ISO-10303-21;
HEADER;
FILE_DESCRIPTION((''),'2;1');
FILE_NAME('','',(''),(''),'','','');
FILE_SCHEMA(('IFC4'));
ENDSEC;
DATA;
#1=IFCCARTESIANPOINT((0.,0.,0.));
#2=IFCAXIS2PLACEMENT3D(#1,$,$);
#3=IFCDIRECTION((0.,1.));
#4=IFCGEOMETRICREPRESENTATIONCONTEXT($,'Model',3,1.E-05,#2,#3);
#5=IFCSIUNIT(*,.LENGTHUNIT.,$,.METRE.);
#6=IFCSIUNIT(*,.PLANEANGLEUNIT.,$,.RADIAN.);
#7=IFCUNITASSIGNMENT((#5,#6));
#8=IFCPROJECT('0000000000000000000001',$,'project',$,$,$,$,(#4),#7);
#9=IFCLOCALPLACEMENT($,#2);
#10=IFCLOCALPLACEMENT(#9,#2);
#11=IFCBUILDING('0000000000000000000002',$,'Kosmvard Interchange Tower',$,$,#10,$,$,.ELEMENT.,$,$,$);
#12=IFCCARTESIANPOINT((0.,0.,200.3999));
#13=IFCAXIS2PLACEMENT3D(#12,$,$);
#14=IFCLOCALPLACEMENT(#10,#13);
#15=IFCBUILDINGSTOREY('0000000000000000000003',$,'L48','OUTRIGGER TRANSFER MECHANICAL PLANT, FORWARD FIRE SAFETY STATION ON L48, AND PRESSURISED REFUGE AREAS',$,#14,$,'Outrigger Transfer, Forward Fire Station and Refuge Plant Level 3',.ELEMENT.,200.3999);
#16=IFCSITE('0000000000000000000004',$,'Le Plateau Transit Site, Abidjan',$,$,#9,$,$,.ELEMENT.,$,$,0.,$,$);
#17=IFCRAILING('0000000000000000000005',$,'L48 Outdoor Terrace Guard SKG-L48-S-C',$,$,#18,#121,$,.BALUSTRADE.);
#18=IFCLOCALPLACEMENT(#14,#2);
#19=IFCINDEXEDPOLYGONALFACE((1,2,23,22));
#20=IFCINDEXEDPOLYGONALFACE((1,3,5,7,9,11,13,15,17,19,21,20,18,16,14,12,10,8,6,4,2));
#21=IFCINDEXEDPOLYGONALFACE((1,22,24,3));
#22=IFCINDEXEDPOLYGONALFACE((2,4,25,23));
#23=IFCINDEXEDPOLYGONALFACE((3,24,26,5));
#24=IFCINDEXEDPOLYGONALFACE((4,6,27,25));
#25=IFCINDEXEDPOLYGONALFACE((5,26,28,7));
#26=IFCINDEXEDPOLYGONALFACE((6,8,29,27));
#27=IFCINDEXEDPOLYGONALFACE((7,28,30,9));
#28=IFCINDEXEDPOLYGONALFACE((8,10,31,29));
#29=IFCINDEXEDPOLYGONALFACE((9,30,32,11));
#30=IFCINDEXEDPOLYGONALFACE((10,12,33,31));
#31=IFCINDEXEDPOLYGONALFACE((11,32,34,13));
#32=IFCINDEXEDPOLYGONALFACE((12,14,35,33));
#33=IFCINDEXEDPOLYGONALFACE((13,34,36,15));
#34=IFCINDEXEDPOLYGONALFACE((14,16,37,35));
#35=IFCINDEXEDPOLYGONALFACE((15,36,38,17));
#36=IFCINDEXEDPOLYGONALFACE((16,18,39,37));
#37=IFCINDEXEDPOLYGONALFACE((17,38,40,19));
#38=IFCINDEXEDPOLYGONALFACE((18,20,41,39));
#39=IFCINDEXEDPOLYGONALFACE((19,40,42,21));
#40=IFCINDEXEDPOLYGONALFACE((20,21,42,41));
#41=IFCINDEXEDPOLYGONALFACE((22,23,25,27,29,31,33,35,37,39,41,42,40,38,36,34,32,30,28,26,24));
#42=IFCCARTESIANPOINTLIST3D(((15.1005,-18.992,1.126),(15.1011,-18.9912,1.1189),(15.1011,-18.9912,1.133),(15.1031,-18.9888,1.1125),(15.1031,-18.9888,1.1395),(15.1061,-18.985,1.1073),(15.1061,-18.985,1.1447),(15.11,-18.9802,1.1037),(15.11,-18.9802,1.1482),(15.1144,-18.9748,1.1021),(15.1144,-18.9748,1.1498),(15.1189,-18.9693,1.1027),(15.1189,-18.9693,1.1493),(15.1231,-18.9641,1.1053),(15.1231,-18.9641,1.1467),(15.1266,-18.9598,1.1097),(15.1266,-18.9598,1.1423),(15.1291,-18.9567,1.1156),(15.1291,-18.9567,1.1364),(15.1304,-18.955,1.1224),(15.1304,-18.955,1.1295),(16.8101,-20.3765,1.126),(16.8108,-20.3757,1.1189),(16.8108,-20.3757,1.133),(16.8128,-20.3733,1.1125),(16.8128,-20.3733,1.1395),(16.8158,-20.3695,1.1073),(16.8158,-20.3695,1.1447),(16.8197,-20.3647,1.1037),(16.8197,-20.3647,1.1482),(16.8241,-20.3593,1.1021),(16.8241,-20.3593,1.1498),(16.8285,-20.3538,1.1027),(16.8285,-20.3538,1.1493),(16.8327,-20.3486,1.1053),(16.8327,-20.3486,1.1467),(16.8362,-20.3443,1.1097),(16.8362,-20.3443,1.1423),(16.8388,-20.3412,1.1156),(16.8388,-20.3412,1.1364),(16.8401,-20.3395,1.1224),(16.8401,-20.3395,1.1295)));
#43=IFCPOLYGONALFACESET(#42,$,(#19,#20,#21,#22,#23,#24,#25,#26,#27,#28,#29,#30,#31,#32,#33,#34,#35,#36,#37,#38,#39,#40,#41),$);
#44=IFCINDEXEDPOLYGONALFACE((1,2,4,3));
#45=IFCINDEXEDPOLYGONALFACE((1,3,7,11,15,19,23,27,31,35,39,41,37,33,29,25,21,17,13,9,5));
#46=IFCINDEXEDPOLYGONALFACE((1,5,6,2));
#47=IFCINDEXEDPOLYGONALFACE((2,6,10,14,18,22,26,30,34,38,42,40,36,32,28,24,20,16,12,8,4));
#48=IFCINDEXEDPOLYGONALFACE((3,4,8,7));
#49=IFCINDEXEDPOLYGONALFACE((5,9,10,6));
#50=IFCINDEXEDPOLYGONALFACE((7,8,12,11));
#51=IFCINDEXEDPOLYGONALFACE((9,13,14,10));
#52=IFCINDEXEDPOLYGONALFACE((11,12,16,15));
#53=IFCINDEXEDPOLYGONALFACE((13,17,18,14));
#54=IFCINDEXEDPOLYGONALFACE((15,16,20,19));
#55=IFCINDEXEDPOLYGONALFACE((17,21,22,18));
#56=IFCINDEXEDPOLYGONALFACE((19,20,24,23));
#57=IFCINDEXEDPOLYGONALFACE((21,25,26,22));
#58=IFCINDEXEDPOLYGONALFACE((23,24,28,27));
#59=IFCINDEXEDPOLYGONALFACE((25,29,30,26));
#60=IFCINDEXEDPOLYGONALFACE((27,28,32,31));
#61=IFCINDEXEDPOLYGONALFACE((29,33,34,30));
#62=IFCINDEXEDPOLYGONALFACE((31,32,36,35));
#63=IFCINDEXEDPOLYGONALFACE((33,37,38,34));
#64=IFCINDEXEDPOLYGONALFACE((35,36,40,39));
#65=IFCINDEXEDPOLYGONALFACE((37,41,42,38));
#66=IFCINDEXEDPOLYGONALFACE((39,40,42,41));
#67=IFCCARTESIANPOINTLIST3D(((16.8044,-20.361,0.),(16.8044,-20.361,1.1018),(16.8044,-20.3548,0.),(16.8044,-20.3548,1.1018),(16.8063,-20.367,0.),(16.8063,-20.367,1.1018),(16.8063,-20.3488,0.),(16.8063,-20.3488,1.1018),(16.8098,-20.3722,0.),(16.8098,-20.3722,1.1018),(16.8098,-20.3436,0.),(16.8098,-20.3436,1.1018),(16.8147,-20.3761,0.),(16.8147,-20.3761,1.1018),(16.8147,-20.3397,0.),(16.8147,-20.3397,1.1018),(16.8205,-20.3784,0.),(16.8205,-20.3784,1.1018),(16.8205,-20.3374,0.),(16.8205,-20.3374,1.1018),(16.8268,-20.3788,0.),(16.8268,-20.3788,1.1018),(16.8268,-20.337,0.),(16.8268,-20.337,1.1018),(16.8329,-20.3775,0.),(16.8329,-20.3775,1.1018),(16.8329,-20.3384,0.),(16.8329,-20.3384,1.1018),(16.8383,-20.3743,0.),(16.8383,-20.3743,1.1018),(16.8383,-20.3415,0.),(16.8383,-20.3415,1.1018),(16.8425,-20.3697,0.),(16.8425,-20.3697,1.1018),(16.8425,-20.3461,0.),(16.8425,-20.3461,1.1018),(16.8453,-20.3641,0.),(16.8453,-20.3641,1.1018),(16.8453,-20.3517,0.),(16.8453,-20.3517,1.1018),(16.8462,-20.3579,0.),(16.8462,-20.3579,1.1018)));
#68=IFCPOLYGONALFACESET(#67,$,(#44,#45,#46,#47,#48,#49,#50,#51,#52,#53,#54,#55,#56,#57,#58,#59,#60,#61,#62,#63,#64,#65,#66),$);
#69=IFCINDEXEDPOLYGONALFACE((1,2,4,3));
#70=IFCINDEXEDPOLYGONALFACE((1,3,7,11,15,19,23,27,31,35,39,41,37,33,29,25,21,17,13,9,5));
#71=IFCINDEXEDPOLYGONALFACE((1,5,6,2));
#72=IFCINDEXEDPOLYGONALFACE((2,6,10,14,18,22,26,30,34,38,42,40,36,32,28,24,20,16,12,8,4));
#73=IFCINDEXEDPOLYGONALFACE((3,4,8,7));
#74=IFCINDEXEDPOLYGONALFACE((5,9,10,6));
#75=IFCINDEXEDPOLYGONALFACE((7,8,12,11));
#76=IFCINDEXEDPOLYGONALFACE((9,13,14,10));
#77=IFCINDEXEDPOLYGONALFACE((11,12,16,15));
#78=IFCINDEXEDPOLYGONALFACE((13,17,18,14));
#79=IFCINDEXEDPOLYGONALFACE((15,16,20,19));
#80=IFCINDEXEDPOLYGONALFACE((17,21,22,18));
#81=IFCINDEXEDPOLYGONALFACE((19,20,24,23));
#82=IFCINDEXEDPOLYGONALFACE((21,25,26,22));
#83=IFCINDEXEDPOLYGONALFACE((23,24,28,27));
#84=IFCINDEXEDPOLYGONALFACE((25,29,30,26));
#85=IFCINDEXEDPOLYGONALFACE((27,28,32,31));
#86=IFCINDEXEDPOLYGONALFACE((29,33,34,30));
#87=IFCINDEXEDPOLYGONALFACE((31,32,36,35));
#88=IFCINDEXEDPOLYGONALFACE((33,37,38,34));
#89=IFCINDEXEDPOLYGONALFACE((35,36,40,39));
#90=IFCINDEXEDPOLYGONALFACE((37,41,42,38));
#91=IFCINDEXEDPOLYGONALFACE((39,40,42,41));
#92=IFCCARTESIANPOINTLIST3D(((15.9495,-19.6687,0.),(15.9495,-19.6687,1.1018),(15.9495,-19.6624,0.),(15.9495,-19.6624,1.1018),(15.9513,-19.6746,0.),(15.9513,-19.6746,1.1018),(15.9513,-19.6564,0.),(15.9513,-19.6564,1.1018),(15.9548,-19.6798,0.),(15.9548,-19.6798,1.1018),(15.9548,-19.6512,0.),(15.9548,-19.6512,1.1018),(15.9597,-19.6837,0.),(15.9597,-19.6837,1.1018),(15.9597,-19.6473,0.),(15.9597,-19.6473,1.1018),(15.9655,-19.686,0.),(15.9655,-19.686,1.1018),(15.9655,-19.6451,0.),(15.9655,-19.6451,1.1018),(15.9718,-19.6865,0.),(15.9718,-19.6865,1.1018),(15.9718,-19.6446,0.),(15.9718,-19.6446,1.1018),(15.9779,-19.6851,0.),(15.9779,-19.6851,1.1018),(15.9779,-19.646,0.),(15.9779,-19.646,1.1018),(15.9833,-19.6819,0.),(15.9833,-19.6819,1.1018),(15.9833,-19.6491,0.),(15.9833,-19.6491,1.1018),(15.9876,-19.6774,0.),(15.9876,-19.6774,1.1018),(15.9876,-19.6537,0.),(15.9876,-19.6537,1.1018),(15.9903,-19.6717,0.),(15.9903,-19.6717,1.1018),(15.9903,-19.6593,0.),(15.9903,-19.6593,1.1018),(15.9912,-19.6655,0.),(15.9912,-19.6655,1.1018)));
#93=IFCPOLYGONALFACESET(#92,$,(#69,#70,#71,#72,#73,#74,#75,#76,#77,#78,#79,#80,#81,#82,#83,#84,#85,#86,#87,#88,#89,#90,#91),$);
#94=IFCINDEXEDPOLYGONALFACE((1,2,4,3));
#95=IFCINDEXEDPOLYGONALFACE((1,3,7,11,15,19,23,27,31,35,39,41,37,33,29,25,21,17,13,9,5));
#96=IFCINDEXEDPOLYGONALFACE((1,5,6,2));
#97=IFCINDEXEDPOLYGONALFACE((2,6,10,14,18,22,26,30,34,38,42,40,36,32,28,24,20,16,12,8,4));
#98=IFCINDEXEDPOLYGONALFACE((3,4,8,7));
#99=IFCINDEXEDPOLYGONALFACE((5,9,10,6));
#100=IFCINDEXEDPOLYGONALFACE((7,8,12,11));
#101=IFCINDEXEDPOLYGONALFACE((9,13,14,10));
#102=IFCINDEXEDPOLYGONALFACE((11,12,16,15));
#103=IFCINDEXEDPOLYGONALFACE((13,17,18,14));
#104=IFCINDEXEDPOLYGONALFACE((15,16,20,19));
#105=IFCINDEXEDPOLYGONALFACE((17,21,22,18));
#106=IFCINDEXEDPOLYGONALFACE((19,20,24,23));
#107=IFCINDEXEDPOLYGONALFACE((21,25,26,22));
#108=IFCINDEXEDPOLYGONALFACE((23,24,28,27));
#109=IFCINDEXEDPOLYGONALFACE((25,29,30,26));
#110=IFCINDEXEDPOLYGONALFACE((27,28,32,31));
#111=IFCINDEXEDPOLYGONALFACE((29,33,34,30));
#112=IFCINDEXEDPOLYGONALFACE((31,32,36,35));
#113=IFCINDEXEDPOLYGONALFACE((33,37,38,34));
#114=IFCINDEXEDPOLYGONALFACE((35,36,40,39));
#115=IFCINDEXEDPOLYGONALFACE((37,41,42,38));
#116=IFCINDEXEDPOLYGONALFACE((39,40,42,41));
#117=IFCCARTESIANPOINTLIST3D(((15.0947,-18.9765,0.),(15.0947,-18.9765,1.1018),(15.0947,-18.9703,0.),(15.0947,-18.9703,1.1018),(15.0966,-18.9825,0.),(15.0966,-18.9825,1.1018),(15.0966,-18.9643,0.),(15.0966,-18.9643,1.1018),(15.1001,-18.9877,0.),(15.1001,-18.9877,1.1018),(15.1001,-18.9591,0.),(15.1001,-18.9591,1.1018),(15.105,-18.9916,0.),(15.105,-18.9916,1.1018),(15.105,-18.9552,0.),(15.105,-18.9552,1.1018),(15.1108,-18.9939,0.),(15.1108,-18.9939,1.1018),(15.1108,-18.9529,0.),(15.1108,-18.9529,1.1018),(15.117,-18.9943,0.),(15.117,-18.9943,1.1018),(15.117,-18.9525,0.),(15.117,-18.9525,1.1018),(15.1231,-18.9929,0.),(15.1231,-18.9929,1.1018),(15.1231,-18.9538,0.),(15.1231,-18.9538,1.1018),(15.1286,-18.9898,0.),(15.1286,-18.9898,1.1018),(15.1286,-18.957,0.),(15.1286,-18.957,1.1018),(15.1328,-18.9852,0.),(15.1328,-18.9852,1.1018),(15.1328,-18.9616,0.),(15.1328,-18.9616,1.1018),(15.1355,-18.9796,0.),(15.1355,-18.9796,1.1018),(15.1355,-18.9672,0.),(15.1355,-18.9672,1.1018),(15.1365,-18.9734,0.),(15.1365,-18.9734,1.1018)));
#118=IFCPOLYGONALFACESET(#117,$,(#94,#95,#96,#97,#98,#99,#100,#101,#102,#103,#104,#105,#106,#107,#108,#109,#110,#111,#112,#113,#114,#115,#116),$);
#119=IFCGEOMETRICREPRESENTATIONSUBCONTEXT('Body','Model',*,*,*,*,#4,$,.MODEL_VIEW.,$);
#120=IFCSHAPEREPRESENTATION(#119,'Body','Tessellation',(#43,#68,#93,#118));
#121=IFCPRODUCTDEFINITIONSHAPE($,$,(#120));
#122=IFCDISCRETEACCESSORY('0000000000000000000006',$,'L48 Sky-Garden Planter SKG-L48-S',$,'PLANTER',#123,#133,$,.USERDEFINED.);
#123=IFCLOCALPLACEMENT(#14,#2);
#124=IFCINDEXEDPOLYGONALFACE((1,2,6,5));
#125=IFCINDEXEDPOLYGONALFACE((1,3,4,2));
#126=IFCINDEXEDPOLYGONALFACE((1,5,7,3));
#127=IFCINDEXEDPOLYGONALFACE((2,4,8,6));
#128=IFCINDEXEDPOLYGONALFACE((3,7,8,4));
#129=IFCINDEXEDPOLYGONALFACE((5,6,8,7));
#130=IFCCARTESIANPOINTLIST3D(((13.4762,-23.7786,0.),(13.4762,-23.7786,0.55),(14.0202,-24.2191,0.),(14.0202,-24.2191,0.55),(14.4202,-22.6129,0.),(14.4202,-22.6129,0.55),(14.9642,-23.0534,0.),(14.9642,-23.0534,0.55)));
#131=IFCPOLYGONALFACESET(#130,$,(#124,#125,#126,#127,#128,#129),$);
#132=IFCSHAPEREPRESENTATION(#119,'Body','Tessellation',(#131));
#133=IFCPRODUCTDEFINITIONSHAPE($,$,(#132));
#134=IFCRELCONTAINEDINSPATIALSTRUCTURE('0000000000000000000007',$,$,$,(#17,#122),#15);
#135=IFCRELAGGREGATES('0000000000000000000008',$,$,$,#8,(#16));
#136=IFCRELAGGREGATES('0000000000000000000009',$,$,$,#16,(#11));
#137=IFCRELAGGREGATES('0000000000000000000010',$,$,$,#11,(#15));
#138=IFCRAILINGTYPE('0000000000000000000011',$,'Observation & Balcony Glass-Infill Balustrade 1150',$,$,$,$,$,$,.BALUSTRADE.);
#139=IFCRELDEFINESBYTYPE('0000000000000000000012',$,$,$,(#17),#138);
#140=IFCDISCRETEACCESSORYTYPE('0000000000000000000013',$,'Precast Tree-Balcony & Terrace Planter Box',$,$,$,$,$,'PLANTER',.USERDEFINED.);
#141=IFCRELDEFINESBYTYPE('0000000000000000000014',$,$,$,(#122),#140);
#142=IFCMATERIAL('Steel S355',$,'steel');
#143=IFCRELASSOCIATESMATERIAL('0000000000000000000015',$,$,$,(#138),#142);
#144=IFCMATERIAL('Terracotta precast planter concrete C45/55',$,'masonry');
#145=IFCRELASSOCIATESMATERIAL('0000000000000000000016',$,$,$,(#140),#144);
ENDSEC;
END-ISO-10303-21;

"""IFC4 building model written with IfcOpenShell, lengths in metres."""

from ifc_helpers import new_model, si_unit, direction, frame, origin, origin_2d, place, context, subcontext, project, spatial, rectangle, circle, extrude, source, transform, mapped, material, type_object, element, save


model = new_model("IFC4")

# Units and contexts
model_context = context("Model", 3, precision=1e-05, world=origin(), true_north=direction((0.0, 1.0)))
body_context = subcontext(model_context, "Body", "Model", "MODEL_VIEW")
ifc_project = project(units=[si_unit("LENGTHUNIT", "METRE"), si_unit("PLANEANGLEUNIT", "RADIAN")], contexts=[model_context])

# Site, building, storey
site_placement = place(None, origin())
site = spatial("IfcSite", under=ifc_project, at=site_placement, Name="Le Plateau Transit Site, Abidjan", CompositionType="ELEMENT", RefElevation=0.0)
building_placement = place(site_placement, origin())
building = spatial("IfcBuilding", under=site, at=building_placement, Name="Kosmvard Interchange Tower", CompositionType="ELEMENT")
storey_placement = place(building_placement, frame((0.0, 0.0, 200.3999)))
storey = spatial("IfcBuildingStorey", under=building, at=storey_placement, Name="L48", Description="OUTRIGGER TRANSFER MECHANICAL PLANT, FORWARD FIRE SAFETY STATION ON L48, AND PRESSURISED REFUGE AREAS", LongName="Outrigger Transfer, Forward Fire Station and Refuge Plant Level 3", CompositionType="ELEMENT", Elevation=200.3999)

# Shared definitions
ifc_material_1 = material(Name="Steel S355", Category="steel")

# Railing
railing_type = type_object("IfcRailingType", Name="Observation & Balcony Glass-Infill Balustrade 1150", PredefinedType="BALUSTRADE", material=ifc_material_1)
shared_shape_1 = source(origin(), body_context, "Body", "SweptSolid", [
    extrude(circle(Radius=0.0239, at=origin_2d()), frame((0.0, 0.0, 1.126), z_axis=(-0.777141, 0.629326, 0.0), x_axis=(-0.629326, -0.777141, 0.0)), (0.0, 0.0, 1.0), 2.2),
    extrude(circle(Radius=0.021, at=origin_2d()), origin(), (0.0, 0.0, 1.0), 1.1018),
    extrude(circle(Radius=0.021, at=origin_2d()), frame((-0.855, 0.6924, 0.0)), (0.0, 0.0, 1.0), 1.1018),
    extrude(circle(Radius=0.021, at=origin_2d()), frame((-1.7097, 1.3845, 0.0)), (0.0, 0.0, 1.0), 1.1018),
])
railing_1_placement = place(storey_placement, frame((16.8252, -20.3579, 0.0)))
element("IfcRailing", 1, at=railing_1_placement, inside=storey, type_object=railing_type, Name="L48 Outdoor Terrace Guard SKG-L48-S-C", PredefinedType="BALUSTRADE", context=body_context, shape_type="MappedRepresentation", body=[
    mapped(shared_shape_1, transform((0.0, 0.0, 0.0), scale=1.0)),
])

# Discrete accessory
ifc_material_2 = material(Name="Terracotta precast planter concrete C45/55", Category="masonry")
discrete_accessory_type = type_object("IfcDiscreteAccessoryType", Name="Precast Tree-Balcony & Terrace Planter Box", ElementType="PLANTER", PredefinedType="USERDEFINED", material=ifc_material_2)
shared_shape_2 = source(origin(), body_context, "Body", "SweptSolid", [
    extrude(rectangle(XDim=1.5, YDim=0.7, at=origin_2d()), origin(), (0.0, 0.0, 1.0), 0.55),
])
discrete_accessory_placement = place(storey_placement, frame((14.2202, -23.416, 0.0), z_axis=(0.0, 0.0, 1.0), x_axis=(0.62932, 0.777146, 0.0)))
element("IfcDiscreteAccessory", 2, at=discrete_accessory_placement, inside=storey, type_object=discrete_accessory_type, Name="L48 Sky-Garden Planter SKG-L48-S", ObjectType="PLANTER", PredefinedType="USERDEFINED", context=body_context, shape_type="MappedRepresentation", body=[
    mapped(shared_shape_2, transform((0.0, 0.0, 0.0), scale=1.0)),
])

save(model, "model.ifc")
